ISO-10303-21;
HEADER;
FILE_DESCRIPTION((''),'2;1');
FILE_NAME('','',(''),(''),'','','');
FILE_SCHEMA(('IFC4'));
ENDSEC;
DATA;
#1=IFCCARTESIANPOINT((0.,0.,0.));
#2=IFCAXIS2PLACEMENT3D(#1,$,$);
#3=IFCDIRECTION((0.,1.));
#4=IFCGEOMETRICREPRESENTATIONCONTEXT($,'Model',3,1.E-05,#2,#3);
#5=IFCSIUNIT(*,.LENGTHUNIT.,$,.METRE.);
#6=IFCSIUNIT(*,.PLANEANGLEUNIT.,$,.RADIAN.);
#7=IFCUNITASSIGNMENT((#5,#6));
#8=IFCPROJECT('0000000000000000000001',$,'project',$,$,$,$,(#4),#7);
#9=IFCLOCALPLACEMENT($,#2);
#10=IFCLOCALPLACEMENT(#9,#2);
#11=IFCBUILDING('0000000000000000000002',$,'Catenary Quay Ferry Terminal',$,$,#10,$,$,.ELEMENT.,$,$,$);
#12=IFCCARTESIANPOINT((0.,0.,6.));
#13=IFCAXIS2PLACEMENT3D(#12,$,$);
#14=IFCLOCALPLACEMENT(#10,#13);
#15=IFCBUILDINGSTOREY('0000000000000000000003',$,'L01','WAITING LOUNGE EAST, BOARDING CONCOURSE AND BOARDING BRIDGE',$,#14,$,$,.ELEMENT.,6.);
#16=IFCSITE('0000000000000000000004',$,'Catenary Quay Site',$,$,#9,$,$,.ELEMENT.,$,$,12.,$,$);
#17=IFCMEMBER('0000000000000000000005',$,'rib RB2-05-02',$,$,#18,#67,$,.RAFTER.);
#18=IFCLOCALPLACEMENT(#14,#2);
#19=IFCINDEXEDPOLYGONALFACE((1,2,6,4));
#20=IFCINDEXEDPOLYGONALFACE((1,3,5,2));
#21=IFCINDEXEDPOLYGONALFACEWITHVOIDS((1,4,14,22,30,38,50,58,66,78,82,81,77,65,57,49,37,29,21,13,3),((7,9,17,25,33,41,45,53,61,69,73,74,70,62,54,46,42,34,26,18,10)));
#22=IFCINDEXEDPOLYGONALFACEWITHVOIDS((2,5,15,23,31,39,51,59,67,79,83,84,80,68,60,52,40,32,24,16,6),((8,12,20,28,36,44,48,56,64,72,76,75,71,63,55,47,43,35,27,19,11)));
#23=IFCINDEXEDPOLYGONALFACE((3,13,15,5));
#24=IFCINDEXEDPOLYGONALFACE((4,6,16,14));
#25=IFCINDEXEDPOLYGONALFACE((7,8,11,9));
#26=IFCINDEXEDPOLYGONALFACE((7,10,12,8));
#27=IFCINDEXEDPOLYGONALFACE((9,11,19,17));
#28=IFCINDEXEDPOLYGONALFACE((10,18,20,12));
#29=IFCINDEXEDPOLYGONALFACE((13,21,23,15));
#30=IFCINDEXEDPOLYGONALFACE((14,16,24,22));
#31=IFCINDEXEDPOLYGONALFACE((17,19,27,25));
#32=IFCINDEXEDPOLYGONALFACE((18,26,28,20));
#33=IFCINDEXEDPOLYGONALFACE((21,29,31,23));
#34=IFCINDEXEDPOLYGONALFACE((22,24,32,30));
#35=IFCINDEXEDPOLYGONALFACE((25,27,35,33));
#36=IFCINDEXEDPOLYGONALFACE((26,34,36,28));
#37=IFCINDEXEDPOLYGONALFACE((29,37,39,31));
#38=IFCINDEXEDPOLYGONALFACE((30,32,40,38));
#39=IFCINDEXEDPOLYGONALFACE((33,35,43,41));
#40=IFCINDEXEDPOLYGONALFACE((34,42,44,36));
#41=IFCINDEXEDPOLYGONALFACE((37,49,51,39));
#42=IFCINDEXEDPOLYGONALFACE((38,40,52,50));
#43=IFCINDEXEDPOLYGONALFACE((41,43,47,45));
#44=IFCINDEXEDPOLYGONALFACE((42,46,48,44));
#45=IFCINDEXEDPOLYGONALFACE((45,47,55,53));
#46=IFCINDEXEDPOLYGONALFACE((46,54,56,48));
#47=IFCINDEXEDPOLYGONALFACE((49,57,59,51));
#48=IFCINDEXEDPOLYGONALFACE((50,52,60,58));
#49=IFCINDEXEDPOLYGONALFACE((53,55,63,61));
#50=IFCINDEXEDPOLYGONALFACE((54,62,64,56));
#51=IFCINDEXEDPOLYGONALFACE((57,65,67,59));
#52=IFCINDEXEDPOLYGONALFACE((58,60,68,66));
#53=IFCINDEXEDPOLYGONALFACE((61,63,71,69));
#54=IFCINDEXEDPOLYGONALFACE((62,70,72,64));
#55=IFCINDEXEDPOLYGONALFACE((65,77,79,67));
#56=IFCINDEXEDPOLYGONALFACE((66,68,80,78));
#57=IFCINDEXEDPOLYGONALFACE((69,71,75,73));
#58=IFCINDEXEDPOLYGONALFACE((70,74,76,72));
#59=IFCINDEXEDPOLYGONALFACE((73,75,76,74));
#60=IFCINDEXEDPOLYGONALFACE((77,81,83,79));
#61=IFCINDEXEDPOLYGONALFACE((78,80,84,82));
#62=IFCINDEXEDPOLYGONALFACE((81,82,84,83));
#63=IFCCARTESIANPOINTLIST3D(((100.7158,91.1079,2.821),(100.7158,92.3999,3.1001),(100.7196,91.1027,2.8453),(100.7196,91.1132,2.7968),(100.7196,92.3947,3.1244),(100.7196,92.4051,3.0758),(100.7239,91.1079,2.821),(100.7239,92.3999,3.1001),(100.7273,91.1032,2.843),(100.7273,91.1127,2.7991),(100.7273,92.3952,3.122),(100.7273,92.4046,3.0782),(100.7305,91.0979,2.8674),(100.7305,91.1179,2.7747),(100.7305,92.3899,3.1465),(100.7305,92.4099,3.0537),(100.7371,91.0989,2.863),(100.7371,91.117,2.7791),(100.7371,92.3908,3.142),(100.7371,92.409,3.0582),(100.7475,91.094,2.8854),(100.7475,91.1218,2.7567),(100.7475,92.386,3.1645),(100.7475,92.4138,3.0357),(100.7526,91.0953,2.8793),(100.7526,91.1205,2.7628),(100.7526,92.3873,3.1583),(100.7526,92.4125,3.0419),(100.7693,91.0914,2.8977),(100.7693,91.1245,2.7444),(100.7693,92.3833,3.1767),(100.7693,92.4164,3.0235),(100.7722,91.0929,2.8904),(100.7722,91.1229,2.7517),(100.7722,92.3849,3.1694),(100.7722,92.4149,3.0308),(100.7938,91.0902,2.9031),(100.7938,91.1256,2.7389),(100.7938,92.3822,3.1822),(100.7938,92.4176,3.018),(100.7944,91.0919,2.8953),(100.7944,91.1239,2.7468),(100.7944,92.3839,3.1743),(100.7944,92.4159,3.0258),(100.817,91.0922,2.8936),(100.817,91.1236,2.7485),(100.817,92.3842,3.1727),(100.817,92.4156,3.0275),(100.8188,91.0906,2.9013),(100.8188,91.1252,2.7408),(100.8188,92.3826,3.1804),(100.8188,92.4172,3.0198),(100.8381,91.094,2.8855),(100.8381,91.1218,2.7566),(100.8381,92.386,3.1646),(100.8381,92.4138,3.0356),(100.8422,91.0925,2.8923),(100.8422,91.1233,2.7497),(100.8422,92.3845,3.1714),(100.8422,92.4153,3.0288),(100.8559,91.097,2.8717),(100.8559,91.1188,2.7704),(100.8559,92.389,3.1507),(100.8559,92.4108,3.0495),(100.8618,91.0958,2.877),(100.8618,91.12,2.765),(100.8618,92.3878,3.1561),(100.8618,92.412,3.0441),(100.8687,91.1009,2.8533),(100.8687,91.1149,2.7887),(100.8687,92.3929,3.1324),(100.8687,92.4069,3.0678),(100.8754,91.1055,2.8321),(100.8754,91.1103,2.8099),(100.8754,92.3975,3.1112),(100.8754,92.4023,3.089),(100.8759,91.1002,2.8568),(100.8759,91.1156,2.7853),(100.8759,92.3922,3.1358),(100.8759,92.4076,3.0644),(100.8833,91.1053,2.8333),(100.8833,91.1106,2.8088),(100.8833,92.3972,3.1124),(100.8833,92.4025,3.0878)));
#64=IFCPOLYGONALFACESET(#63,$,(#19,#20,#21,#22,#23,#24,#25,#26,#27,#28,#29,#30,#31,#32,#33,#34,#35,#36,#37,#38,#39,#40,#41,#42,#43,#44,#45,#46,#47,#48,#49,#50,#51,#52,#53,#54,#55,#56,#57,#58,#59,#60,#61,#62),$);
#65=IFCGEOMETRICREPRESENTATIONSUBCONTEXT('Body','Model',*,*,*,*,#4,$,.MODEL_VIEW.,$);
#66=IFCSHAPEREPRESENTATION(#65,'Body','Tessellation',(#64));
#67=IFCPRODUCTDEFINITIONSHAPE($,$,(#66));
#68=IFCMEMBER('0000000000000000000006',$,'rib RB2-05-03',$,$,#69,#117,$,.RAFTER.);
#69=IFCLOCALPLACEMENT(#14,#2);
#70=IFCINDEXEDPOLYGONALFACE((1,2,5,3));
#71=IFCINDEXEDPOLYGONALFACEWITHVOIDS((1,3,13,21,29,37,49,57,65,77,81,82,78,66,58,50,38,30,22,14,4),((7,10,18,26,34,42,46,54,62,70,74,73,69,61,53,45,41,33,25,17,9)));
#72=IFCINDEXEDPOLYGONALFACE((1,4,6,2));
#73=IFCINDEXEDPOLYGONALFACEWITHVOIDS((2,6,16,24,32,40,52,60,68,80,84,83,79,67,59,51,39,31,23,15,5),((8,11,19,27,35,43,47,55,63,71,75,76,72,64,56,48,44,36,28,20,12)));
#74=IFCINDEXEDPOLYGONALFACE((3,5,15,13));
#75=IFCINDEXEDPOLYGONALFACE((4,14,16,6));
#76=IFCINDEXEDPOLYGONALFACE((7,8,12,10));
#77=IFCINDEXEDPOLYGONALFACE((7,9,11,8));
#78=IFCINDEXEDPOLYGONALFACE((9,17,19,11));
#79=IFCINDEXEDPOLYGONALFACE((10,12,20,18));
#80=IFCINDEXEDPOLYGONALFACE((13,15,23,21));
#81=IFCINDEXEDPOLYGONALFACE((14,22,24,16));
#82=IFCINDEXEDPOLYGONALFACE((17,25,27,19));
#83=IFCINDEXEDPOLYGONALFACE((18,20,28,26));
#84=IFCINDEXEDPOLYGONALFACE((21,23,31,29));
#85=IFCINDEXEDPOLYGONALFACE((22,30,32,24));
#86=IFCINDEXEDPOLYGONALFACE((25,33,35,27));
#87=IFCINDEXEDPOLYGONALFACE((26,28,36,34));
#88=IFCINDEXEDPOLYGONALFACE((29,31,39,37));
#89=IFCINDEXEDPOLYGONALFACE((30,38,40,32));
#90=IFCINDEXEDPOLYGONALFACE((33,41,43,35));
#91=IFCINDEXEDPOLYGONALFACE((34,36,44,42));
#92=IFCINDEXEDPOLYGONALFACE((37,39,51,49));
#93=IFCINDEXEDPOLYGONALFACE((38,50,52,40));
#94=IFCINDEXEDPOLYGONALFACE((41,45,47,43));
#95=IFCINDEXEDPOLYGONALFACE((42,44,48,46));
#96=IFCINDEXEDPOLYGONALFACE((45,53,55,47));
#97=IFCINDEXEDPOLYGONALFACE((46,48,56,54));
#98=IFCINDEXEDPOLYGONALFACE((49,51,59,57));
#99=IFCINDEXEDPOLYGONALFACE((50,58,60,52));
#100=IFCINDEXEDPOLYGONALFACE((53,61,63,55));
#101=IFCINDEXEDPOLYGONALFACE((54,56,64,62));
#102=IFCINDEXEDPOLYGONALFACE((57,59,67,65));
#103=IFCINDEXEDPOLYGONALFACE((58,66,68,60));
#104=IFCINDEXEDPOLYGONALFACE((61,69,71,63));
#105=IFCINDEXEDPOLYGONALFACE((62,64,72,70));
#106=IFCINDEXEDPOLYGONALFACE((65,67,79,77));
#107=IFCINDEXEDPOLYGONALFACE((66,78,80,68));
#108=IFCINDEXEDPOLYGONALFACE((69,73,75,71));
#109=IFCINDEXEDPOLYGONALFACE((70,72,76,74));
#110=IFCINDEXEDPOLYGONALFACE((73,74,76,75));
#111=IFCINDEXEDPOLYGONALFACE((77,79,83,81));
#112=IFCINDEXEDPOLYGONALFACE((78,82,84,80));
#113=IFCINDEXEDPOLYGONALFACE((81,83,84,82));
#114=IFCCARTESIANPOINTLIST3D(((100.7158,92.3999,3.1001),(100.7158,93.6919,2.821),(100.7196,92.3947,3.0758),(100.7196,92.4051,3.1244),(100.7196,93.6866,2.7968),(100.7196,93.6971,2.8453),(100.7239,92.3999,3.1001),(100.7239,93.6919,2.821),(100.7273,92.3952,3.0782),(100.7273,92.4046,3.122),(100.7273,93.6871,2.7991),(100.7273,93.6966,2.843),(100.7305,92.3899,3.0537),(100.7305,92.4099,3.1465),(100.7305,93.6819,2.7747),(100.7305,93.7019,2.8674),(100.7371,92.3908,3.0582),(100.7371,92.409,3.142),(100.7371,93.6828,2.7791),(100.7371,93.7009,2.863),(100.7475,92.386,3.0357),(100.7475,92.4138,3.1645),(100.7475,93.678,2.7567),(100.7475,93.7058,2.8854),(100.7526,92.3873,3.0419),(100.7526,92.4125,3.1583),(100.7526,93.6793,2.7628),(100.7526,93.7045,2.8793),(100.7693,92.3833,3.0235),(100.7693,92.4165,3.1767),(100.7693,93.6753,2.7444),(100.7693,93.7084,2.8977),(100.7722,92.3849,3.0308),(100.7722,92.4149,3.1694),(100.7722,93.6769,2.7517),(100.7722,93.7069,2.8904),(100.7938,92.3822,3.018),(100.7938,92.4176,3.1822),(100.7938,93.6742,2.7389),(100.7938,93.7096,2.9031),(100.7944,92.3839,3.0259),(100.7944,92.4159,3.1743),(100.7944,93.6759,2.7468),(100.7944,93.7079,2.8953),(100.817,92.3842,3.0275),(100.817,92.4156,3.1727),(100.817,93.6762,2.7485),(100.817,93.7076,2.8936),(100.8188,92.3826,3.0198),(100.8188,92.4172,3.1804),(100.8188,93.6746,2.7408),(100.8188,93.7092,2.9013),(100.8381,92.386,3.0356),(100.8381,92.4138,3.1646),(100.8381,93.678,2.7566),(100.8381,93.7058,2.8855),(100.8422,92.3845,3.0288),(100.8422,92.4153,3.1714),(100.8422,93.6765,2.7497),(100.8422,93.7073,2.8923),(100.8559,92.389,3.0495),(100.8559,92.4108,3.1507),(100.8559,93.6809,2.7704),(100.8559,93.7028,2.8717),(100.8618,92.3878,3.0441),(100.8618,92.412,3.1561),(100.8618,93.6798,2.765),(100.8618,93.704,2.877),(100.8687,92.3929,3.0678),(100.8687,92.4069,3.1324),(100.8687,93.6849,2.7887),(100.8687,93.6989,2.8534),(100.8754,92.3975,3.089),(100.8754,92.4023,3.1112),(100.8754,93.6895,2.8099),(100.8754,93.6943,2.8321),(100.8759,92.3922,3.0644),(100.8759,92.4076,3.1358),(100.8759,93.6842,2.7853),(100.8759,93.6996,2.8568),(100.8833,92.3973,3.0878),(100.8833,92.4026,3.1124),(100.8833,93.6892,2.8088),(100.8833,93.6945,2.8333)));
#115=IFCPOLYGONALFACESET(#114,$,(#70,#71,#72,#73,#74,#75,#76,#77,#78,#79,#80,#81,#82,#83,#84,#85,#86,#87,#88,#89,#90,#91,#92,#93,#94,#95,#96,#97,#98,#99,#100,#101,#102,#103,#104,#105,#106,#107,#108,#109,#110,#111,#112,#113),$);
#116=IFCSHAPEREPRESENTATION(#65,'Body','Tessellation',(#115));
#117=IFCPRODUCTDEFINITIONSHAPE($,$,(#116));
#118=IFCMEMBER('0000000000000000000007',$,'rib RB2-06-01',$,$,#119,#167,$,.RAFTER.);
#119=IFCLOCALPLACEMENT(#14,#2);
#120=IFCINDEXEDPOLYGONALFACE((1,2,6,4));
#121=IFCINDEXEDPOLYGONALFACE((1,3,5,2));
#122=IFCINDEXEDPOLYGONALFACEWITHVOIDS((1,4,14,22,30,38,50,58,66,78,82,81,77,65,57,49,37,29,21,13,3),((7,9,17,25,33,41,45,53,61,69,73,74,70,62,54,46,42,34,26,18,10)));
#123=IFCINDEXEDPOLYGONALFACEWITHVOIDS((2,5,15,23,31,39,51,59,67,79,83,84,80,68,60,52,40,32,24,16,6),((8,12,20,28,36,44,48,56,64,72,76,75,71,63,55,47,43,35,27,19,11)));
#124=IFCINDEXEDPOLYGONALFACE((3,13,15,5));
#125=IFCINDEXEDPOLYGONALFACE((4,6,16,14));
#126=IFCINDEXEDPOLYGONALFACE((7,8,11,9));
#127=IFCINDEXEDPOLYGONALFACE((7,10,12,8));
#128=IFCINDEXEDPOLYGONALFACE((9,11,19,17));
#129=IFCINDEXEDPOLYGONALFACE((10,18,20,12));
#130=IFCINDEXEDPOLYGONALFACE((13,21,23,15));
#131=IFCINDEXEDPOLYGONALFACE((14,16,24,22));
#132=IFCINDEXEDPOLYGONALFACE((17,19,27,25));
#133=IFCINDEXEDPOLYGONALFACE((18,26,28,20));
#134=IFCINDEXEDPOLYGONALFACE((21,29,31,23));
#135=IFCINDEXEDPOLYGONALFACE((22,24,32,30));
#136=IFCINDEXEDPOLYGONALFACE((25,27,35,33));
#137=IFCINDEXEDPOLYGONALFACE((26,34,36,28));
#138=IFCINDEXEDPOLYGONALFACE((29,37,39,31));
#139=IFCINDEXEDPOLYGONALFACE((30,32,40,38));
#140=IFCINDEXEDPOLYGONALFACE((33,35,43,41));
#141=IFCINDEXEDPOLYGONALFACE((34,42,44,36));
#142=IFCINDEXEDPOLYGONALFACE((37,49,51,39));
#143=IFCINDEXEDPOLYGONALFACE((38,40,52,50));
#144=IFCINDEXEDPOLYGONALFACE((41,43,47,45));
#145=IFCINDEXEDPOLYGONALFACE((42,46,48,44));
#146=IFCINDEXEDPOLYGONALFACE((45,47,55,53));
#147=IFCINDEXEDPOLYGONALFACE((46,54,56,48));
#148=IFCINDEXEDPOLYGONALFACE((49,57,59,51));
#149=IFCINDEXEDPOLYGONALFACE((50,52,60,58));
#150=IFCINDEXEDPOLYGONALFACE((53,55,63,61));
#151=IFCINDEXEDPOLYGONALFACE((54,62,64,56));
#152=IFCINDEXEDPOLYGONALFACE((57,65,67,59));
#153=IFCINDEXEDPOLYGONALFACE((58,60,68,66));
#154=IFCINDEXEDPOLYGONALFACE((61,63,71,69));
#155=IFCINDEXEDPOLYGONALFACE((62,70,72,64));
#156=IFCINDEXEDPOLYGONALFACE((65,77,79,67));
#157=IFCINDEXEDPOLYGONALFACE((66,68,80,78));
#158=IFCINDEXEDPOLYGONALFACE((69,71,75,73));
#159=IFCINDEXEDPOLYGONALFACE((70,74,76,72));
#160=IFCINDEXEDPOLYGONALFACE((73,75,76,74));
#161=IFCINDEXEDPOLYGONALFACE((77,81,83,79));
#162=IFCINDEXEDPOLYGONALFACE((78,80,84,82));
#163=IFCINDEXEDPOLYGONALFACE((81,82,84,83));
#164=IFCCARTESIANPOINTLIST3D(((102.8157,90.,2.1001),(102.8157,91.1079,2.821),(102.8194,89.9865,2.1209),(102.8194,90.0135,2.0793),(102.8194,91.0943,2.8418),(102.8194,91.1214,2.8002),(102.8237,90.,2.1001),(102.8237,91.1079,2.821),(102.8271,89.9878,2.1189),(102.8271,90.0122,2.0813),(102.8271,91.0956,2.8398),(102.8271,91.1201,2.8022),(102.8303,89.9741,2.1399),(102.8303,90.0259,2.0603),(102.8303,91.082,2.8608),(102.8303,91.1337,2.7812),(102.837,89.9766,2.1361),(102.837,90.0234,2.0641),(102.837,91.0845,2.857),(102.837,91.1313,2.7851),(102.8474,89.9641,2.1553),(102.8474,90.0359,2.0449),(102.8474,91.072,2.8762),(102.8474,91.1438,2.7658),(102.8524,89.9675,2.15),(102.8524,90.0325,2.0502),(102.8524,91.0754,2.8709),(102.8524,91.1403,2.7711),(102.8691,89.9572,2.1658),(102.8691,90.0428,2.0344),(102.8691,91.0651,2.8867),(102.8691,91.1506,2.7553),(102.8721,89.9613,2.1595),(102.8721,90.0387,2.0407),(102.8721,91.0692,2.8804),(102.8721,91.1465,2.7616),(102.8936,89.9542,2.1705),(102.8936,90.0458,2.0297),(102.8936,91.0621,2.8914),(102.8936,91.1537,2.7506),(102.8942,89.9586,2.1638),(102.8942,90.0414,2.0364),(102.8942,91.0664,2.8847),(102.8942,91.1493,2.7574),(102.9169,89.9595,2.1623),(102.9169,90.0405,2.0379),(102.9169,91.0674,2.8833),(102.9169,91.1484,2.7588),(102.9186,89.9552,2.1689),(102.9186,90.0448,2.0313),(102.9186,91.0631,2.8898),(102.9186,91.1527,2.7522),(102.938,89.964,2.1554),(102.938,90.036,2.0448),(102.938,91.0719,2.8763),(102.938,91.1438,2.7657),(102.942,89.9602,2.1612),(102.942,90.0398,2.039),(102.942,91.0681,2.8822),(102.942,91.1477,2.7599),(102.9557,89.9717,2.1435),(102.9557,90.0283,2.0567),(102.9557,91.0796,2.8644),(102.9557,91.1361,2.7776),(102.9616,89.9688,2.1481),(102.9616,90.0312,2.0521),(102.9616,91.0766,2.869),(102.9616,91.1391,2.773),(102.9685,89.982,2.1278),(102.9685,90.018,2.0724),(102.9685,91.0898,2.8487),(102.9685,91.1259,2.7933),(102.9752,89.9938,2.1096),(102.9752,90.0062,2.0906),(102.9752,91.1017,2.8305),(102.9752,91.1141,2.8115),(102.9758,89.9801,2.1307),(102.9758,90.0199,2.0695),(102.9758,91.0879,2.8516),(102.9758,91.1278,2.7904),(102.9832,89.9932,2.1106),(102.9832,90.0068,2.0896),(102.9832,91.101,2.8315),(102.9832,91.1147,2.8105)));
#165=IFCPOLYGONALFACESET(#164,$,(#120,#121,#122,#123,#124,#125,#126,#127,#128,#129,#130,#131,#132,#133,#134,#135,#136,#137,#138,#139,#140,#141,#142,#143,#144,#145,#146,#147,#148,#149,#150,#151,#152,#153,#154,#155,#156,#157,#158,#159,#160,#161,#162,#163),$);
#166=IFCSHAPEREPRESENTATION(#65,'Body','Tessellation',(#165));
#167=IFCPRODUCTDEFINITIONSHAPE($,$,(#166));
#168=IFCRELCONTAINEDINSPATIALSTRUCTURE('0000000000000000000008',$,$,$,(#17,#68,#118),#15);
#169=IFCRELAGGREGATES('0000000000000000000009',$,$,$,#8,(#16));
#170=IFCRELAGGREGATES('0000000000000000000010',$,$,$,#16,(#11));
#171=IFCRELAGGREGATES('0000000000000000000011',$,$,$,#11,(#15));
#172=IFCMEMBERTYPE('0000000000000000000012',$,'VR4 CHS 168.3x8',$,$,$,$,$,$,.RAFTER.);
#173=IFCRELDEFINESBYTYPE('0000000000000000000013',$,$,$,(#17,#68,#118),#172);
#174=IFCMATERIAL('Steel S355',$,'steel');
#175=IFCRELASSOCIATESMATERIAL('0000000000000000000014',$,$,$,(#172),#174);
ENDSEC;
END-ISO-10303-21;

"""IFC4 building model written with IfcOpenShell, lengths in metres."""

from ifc_helpers import new_model, si_unit, direction, frame, origin, origin_2d, place, context, subcontext, project, spatial, hollow_circle, extrude, material, material_profile, profile_set, type_object, element, save


model = new_model("IFC4")

# Units and contexts
model_context = context("Model", 3, precision=1e-05, world=origin(), true_north=direction((0.0, 1.0)))
body_context = subcontext(model_context, "Body", "Model", "MODEL_VIEW")
ifc_project = project(units=[si_unit("LENGTHUNIT", "METRE"), si_unit("PLANEANGLEUNIT", "RADIAN")], contexts=[model_context])

# Site, building, storey
site_placement = place(None, origin())
site = spatial("IfcSite", under=ifc_project, at=site_placement, Name="Catenary Quay Site", CompositionType="ELEMENT", RefElevation=12.0)
building_placement = place(site_placement, origin())
building = spatial("IfcBuilding", under=site, at=building_placement, Name="Catenary Quay Ferry Terminal", CompositionType="ELEMENT")
storey_placement = place(building_placement, frame((0.0, 0.0, 6.0)))
storey = spatial("IfcBuildingStorey", under=building, at=storey_placement, Name="L01", Description="WAITING LOUNGE EAST, BOARDING CONCOURSE AND BOARDING BRIDGE", CompositionType="ELEMENT", Elevation=6.0)

# Members
ifc_material_1 = material(Name="Steel S355", Category="steel")
ifc_material_profile_1 = material_profile(ifc_material_1, hollow_circle(Radius=0.0842, WallThickness=0.0081, at=origin_2d()), Name="CHS 168.3x8")
ifc_profile_set_1 = profile_set([ifc_material_profile_1], Name="Steel S355")
member_type_1 = type_object("IfcMemberType", Name="VR4 CHS 168.3x8", PredefinedType="RAFTER", material=ifc_profile_set_1)
for number, where, z_axis, x_axis, name in (
    (1, (100.8, 91.1079, 2.821), (0.0, 0.977461, 0.211118), (-1.0, 0.0, 0.0), "rib RB2-05-02"),
    (2, (100.8, 92.3999, 3.1001), (0.0, 0.977461, -0.211118), (-1.0, 0.0, 0.0), "rib RB2-05-03"),
    (3, (102.8999, 90.0, 2.1001), (0.0, 0.838165, 0.545417), (-1.0, 0.0, 0.0), "rib RB2-06-01"),
):
    element("IfcMember", number, at=place(storey_placement, frame(where, z_axis=z_axis, x_axis=x_axis)), inside=storey, type_object=member_type_1, Name=name, PredefinedType="RAFTER", context=body_context, shape_type="SweptSolid", body=[
        extrude(hollow_circle(Radius=0.0842, WallThickness=0.0081, at=origin_2d()), origin(), (0.0, 0.0, 1.0), 1.3218),
    ])

save(model, "model.ifc")
